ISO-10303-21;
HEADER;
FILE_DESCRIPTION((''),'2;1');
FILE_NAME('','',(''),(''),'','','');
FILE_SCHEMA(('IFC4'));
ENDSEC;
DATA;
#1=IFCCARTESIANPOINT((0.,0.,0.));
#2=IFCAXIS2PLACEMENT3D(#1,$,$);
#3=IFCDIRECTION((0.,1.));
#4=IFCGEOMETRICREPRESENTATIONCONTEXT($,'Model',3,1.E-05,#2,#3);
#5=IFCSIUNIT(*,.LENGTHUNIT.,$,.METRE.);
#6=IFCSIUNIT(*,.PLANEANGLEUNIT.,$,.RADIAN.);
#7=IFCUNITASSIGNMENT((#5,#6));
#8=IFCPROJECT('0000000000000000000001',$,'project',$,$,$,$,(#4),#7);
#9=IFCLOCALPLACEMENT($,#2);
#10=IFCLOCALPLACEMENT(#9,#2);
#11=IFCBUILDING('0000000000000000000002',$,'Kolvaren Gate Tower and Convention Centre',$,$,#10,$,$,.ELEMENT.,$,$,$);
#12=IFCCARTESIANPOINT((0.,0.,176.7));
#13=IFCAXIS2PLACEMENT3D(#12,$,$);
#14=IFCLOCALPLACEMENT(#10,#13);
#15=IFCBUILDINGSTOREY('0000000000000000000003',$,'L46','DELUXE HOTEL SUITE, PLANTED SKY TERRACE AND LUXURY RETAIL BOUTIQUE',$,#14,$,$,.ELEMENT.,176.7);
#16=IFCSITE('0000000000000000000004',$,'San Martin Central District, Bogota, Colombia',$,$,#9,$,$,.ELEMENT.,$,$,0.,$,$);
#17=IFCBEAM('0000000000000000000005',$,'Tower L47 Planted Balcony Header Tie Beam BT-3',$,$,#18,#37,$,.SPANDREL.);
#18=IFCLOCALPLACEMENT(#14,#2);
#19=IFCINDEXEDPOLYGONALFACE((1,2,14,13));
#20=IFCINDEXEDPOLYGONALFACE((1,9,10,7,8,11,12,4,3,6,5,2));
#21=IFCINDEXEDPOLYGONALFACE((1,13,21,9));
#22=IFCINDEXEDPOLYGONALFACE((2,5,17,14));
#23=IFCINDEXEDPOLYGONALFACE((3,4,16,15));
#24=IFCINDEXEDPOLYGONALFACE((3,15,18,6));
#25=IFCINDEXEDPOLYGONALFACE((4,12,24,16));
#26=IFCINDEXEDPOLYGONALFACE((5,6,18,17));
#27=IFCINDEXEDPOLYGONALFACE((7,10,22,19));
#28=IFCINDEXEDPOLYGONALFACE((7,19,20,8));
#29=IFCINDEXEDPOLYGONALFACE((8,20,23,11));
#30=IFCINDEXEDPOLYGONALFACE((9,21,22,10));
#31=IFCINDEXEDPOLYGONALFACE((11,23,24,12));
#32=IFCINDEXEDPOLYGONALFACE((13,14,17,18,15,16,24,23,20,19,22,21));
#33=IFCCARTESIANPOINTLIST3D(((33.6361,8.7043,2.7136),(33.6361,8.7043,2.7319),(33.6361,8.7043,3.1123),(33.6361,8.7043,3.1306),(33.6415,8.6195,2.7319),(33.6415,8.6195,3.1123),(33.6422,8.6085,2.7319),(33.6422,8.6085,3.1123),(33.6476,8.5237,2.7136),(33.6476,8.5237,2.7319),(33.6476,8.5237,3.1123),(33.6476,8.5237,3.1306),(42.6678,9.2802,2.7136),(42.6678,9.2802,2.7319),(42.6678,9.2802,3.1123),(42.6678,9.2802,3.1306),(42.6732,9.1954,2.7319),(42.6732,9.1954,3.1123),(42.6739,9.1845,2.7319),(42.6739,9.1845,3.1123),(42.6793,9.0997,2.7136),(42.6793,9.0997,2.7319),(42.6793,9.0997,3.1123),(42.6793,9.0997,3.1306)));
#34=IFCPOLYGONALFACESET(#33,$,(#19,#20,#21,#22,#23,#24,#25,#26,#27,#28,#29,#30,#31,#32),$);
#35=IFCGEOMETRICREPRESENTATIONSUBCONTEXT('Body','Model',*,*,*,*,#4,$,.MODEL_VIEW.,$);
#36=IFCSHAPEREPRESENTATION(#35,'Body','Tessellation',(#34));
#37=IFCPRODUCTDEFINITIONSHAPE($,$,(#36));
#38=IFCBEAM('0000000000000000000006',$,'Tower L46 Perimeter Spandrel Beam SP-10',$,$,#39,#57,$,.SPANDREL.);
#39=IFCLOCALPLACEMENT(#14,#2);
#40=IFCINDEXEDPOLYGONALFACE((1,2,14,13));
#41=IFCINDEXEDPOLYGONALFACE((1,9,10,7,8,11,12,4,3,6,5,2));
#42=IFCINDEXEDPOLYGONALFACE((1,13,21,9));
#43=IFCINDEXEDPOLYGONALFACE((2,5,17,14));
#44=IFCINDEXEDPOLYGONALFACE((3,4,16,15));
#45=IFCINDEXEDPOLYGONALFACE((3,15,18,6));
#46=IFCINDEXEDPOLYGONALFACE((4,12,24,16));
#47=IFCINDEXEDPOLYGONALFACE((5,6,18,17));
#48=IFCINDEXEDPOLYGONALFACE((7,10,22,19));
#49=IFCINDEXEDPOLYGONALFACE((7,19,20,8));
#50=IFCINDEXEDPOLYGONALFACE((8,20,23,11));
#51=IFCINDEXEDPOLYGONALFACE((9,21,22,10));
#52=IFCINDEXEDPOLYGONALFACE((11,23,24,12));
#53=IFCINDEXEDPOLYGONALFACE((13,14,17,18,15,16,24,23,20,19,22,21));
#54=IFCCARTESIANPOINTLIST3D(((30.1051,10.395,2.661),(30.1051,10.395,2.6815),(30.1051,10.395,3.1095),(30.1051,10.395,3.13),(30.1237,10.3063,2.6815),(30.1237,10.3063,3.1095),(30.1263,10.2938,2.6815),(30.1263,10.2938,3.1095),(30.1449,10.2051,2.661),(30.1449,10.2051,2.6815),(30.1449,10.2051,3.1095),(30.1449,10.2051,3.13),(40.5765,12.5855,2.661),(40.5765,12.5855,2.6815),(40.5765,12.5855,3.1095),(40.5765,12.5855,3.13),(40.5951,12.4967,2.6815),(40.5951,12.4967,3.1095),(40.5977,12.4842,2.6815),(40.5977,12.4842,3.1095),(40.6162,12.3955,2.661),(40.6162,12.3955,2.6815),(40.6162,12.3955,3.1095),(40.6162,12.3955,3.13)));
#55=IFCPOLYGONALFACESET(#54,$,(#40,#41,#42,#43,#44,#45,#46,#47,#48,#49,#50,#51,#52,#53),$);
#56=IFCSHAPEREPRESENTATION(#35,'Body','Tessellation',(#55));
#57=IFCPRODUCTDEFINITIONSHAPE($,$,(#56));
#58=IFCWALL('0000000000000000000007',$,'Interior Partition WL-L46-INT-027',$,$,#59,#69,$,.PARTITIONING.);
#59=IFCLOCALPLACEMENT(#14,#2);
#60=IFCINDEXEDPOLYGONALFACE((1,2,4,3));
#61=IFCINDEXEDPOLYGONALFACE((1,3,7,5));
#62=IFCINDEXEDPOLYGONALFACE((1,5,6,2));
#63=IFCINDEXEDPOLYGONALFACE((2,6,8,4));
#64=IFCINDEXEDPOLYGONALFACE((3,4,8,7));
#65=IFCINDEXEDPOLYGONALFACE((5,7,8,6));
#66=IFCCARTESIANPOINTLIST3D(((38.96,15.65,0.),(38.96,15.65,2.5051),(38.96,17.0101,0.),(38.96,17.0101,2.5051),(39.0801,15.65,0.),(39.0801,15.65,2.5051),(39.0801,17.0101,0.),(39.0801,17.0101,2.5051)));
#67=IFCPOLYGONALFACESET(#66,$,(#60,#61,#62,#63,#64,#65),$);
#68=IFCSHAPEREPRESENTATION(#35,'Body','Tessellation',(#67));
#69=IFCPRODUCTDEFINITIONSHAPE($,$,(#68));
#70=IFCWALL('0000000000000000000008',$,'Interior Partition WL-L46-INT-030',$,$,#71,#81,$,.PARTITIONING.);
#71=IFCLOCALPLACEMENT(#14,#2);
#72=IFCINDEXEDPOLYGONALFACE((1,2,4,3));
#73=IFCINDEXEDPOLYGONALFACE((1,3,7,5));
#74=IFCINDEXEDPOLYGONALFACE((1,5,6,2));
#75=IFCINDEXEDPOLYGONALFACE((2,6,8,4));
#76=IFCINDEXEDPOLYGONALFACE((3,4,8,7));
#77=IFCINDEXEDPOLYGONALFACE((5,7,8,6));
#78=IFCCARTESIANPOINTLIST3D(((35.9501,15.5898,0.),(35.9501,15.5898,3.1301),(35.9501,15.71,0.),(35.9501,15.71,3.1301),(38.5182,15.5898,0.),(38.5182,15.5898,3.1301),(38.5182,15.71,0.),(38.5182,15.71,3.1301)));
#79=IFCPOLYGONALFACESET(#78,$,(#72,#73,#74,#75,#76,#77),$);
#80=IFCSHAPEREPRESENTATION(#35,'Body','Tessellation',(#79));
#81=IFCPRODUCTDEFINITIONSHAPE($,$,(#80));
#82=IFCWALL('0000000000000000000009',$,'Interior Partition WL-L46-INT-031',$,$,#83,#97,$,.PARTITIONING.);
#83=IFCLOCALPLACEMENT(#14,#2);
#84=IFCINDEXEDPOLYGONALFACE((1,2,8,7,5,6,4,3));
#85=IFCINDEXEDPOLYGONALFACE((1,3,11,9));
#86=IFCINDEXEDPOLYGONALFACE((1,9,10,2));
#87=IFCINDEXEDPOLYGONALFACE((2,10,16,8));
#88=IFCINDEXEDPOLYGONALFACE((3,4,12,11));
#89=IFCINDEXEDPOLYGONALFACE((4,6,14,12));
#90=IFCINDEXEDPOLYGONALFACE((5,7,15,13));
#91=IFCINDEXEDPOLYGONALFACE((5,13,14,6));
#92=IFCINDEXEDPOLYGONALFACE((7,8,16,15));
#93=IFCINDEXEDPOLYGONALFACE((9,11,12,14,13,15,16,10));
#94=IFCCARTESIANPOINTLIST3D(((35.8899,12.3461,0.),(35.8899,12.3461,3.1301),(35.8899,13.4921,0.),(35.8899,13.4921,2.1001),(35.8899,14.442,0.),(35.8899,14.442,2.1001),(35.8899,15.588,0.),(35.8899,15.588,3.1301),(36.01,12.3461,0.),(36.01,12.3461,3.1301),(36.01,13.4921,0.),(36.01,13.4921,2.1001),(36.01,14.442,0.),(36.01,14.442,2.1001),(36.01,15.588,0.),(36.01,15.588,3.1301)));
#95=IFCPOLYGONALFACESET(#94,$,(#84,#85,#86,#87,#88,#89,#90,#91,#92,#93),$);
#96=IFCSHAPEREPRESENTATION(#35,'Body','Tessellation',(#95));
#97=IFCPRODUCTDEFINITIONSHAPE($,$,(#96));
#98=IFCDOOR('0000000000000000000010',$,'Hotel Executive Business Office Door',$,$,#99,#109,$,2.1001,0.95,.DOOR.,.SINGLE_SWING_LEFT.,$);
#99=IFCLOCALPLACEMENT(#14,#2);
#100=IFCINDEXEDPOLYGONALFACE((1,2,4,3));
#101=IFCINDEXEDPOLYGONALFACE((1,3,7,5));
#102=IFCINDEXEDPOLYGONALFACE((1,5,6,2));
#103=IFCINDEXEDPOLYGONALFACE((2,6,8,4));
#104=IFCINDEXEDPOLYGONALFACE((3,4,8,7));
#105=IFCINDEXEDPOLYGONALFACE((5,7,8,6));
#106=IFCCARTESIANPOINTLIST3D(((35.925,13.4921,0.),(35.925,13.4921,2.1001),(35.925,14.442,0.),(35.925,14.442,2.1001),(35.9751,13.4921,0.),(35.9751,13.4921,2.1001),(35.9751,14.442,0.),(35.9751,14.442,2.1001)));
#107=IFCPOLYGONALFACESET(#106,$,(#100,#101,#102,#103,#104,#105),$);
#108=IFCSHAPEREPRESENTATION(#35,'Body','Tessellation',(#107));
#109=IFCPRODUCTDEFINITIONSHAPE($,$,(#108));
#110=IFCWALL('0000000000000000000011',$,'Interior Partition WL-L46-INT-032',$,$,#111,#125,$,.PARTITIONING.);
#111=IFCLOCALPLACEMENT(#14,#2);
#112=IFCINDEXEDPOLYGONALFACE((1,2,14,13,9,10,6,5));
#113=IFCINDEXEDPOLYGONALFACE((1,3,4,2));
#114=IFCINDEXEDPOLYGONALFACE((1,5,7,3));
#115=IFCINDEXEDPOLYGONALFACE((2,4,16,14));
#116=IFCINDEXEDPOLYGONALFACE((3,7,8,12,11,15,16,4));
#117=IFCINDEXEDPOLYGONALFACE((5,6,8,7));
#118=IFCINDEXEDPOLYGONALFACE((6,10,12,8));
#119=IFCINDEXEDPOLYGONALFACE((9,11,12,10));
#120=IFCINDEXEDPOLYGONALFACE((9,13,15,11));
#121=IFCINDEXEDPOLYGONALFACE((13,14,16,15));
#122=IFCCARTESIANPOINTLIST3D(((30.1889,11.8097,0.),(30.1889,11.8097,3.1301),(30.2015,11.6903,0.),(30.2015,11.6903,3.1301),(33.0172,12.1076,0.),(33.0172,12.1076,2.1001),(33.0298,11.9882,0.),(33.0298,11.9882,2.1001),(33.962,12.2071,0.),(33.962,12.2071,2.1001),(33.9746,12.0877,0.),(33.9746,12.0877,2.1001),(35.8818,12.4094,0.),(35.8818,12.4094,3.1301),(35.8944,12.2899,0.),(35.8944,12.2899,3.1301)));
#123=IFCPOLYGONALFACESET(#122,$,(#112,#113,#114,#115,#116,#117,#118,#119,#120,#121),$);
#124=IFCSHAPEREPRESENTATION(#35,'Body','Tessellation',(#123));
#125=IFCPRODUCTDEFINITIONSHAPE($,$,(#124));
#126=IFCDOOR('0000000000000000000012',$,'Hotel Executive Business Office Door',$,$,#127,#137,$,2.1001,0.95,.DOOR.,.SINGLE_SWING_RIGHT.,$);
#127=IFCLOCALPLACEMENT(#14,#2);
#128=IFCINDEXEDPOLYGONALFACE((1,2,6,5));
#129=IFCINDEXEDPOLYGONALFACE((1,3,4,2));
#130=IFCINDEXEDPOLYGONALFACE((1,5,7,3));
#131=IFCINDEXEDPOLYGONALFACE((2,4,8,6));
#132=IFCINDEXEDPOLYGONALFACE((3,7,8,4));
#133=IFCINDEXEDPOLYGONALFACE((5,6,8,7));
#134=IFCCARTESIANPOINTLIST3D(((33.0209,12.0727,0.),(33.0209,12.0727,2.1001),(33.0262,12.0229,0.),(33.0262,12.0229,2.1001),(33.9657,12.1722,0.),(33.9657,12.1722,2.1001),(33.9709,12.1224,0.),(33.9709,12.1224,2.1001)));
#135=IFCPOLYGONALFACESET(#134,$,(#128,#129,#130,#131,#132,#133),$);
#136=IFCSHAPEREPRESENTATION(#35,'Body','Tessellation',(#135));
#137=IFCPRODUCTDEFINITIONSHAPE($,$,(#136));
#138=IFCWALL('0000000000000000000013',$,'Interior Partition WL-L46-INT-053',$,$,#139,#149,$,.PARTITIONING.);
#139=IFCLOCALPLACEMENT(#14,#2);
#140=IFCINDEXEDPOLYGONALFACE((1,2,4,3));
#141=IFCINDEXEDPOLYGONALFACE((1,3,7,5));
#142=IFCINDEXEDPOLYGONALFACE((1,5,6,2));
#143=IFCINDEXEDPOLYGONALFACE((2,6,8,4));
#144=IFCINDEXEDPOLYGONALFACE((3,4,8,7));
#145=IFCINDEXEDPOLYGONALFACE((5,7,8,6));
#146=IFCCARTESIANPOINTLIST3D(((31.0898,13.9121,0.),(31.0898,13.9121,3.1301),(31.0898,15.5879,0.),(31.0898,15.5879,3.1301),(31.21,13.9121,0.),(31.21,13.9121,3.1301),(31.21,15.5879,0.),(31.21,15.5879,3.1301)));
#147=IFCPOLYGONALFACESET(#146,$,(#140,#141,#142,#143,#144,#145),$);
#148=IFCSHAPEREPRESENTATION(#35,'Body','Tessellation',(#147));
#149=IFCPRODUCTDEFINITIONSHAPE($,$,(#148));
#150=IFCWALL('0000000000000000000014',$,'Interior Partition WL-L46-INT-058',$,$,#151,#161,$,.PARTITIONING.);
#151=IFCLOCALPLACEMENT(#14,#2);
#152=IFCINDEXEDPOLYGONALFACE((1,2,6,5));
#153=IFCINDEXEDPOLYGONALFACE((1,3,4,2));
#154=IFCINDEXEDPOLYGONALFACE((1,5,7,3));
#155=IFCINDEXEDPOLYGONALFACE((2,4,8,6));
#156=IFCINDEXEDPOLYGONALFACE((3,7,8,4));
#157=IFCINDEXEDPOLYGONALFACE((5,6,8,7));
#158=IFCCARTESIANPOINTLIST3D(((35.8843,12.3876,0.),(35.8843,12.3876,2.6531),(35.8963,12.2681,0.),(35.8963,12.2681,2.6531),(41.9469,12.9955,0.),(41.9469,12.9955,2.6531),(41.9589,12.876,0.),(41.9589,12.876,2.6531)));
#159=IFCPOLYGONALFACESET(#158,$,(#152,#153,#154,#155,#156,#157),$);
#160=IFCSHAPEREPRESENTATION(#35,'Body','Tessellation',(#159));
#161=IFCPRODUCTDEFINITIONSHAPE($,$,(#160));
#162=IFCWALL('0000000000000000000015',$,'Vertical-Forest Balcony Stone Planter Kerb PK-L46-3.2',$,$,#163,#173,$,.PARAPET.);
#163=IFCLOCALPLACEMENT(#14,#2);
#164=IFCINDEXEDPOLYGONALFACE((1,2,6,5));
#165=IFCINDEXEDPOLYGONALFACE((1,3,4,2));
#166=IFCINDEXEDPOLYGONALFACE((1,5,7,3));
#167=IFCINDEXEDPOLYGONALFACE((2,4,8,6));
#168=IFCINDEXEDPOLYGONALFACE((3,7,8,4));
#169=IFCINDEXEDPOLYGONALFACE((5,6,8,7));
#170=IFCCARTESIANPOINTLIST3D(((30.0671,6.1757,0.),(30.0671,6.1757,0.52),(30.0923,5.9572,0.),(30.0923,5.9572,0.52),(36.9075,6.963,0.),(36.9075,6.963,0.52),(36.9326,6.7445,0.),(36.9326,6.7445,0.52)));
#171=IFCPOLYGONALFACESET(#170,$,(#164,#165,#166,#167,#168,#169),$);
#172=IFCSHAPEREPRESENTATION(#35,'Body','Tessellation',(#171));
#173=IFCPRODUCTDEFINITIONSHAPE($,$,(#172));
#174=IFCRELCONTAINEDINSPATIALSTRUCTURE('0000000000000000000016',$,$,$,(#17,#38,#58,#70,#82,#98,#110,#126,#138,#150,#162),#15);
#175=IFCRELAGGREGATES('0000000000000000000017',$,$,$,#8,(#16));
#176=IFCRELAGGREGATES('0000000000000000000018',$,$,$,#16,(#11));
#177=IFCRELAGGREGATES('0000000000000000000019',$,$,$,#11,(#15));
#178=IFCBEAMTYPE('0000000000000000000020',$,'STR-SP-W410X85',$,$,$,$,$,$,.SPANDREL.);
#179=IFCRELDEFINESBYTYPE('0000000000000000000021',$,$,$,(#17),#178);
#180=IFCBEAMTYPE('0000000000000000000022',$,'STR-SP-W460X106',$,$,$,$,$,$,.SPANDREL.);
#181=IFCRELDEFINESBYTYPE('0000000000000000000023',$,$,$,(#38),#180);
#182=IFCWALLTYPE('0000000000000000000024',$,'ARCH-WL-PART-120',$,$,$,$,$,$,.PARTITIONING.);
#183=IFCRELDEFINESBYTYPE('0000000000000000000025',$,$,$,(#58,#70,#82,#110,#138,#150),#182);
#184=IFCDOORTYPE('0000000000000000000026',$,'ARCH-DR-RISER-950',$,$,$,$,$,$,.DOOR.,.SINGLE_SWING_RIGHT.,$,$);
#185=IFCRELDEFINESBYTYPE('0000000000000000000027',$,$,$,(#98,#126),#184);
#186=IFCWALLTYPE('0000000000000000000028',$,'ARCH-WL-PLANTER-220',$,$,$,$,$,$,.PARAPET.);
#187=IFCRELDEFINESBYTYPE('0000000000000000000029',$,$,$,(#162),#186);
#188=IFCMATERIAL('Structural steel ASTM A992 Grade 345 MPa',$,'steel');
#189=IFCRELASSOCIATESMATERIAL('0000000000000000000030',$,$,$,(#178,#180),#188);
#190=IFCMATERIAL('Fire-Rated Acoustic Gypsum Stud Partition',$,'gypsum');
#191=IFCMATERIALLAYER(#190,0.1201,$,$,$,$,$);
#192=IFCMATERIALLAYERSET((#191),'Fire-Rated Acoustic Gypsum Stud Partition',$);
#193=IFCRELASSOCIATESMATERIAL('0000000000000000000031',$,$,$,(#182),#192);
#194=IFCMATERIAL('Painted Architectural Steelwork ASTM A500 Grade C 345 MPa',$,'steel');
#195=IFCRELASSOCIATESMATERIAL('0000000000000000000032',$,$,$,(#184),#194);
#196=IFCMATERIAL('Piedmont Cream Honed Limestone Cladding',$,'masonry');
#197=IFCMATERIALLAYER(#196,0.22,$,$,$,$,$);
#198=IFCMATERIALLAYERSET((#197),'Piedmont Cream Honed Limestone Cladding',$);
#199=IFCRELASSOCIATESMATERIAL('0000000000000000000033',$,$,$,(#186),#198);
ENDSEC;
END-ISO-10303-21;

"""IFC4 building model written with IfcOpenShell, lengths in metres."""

from ifc_helpers import new_model, si_unit, direction, frame, frame_2d, origin, origin_2d, place, context, subcontext, project, spatial, rectangle, i_section, extrude, material, layer, layer_set, material_profile, profile_set, type_object, element, fill, save


model = new_model("IFC4")

# Units and contexts
model_context = context("Model", 3, precision=1e-05, world=origin(), true_north=direction((0.0, 1.0)))
body_context = subcontext(model_context, "Body", "Model", "MODEL_VIEW")
ifc_project = project(units=[si_unit("LENGTHUNIT", "METRE"), si_unit("PLANEANGLEUNIT", "RADIAN")], contexts=[model_context])

# Site, building, storey
site_placement = place(None, origin())
site = spatial("IfcSite", under=ifc_project, at=site_placement, Name="San Martin Central District, Bogota, Colombia", CompositionType="ELEMENT", RefElevation=0.0)
building_placement = place(site_placement, origin())
building = spatial("IfcBuilding", under=site, at=building_placement, Name="Kolvaren Gate Tower and Convention Centre", CompositionType="ELEMENT")
storey_placement = place(building_placement, frame((0.0, 0.0, 176.7)))
storey = spatial("IfcBuildingStorey", under=building, at=storey_placement, Name="L46", Description="DELUXE HOTEL SUITE, PLANTED SKY TERRACE AND LUXURY RETAIL BOUTIQUE", CompositionType="ELEMENT", Elevation=176.7)

# Beams
ifc_material_1 = material(Name="Structural steel ASTM A992 Grade 345 MPa", Category="steel")
ifc_material_profile_1 = material_profile(ifc_material_1, i_section(OverallWidth=0.1809, OverallDepth=0.417, WebThickness=0.011, FlangeThickness=0.0183, at=origin_2d()), Name="W410X85")
ifc_profile_set_1 = profile_set([ifc_material_profile_1], Name="Structural steel ASTM A992 Grade 345 MPa")
beam_type_1 = type_object("IfcBeamType", Name="STR-SP-W410X85", PredefinedType="SPANDREL", material=ifc_profile_set_1)
beam_1_placement = place(storey_placement, frame((33.6418, 8.614, 2.9221), z_axis=(0.997973, 0.063638, 0.0), x_axis=(-0.063638, 0.997973, 0.0)))
element("IfcBeam", 1, at=beam_1_placement, inside=storey, type_object=beam_type_1, Name="Tower L47 Planted Balcony Header Tie Beam BT-3", PredefinedType="SPANDREL", context=body_context, shape_type="SweptSolid", body=[
    extrude(i_section(OverallWidth=0.1809, OverallDepth=0.417, WebThickness=0.011, FlangeThickness=0.0183, at=origin_2d()), origin(), (0.0, 0.0, 1.0), 9.05),
])
ifc_material_profile_2 = material_profile(ifc_material_1, i_section(OverallWidth=0.1941, OverallDepth=0.469, WebThickness=0.0127, FlangeThickness=0.0205, at=origin_2d()), Name="W460X106")
ifc_profile_set_2 = profile_set([ifc_material_profile_2], Name="Structural steel ASTM A992 Grade 345 MPa")
beam_type_2 = type_object("IfcBeamType", Name="STR-SP-W460X106", PredefinedType="SPANDREL", material=ifc_profile_set_2)
beam_2_placement = place(storey_placement, frame((30.125, 10.3, 2.8955), z_axis=(0.978814, 0.20475, 0.0), x_axis=(-0.20475, 0.978814, 0.0)))
element("IfcBeam", 2, at=beam_2_placement, inside=storey, type_object=beam_type_2, Name="Tower L46 Perimeter Spandrel Beam SP-10", PredefinedType="SPANDREL", context=body_context, shape_type="SweptSolid", body=[
    extrude(i_section(OverallWidth=0.1941, OverallDepth=0.469, WebThickness=0.0127, FlangeThickness=0.0205, at=origin_2d()), origin(), (0.0, 0.0, 1.0), 10.698),
])

# Walls
ifc_material_2 = material(Name="Fire-Rated Acoustic Gypsum Stud Partition", Category="gypsum")
ifc_layer_1 = layer(ifc_material_2, 0.1201)
ifc_layer_set_1 = layer_set([ifc_layer_1], Name="Fire-Rated Acoustic Gypsum Stud Partition")
wall_type_1 = type_object("IfcWallType", Name="ARCH-WL-PART-120", PredefinedType="PARTITIONING", material=ifc_layer_set_1)
wall_1_placement = place(storey_placement, frame((39.02, 15.6499, 0.0), z_axis=(0.0, 0.0, 1.0), x_axis=(0.0, 1.0, 0.0)))
element("IfcWall", 3, at=wall_1_placement, inside=storey, type_object=wall_type_1, Name="Interior Partition WL-L46-INT-027", PredefinedType="PARTITIONING", context=body_context, shape_type="SweptSolid", body=[
    extrude(rectangle(XDim=1.3601, YDim=0.1201, at=frame_2d((0.6802, 0.0))), origin(), (0.0, 0.0, 1.0), 2.5051),
])
wall_2_placement = place(storey_placement, frame((35.95, 15.6499, 0.0), z_axis=(0.0, 0.0, 1.0), x_axis=(1.0, 0.0, 0.0)))
element("IfcWall", 4, at=wall_2_placement, inside=storey, type_object=wall_type_1, Name="Interior Partition WL-L46-INT-030", PredefinedType="PARTITIONING", context=body_context, shape_type="SweptSolid", body=[
    extrude(rectangle(XDim=2.5681, YDim=0.1201, at=frame_2d((1.2842, 0.0))), origin(), (0.0, 0.0, 1.0), 3.1301),
])

# Walls, openings, doors
wall_3_placement = place(storey_placement, frame((35.95, 12.3459, 0.0), z_axis=(0.0, 0.0, 1.0), x_axis=(0.0, 1.0, 0.0)))
wall_3 = element("IfcWall", 5, at=wall_3_placement, inside=storey, type_object=wall_type_1, Name="Interior Partition WL-L46-INT-031", PredefinedType="PARTITIONING", context=body_context, shape_type="SweptSolid", body=[
    extrude(rectangle(XDim=3.2419, YDim=0.1201, at=frame_2d((1.6211, 0.0))), origin(), (0.0, 0.0, 1.0), 3.1301),
])
opening_1_placement = place(wall_3_placement, frame((1.146, 0.0, 0.0)))
opening_1 = element("IfcOpeningElement", 6, at=opening_1_placement, cuts=wall_3, PredefinedType="OPENING", context=body_context, shape_type="SweptSolid", body=[
    extrude(rectangle(XDim=0.95, YDim=2.1001, at=frame_2d((0.4751, 1.05))), frame((0.0, 0.0701, 0.0), z_axis=(0.0, -1.0, 0.0), x_axis=(1.0, 0.0, 0.0)), (0.0, 0.0, 1.0), 0.1401),
])
ifc_material_3 = material(Name="Painted Architectural Steelwork ASTM A500 Grade C 345 MPa", Category="steel")
door_type_1 = type_object("IfcDoorType", Name="ARCH-DR-RISER-950", OperationType="SINGLE_SWING_RIGHT", PredefinedType="DOOR", material=ifc_material_3)
door_1_placement = place(opening_1_placement, origin())
door_1 = element("IfcDoor", 7, at=door_1_placement, inside=storey, type_object=door_type_1, Name="Hotel Executive Business Office Door", OperationType="SINGLE_SWING_LEFT", OverallHeight=2.1001, OverallWidth=0.95, PredefinedType="DOOR", context=body_context, shape_type="SweptSolid", body=[
    extrude(rectangle(XDim=0.95, YDim=2.1001, at=frame_2d((0.4751, 1.05))), frame((0.0, 0.0249, 0.0), z_axis=(0.0, -1.0, 0.0), x_axis=(1.0, 0.0, 0.0)), (0.0, 0.0, 1.0), 0.05),
])
fill(opening_1, door_1)
wall_4_placement = place(storey_placement, frame((30.1951, 11.75, 0.0), z_axis=(0.0, 0.0, 1.0), x_axis=(0.994499, 0.104747, 0.0)))
wall_4 = element("IfcWall", 8, at=wall_4_placement, inside=storey, type_object=wall_type_1, Name="Interior Partition WL-L46-INT-032", PredefinedType="PARTITIONING", context=body_context, shape_type="SweptSolid", body=[
    extrude(rectangle(XDim=5.7244, YDim=0.1201, at=frame_2d((2.8623, 0.0))), origin(), (0.0, 0.0, 1.0), 3.1301),
])
opening_2_placement = place(wall_4_placement, frame((2.844, 0.0, 0.0)))
opening_2 = element("IfcOpeningElement", 9, at=opening_2_placement, cuts=wall_4, PredefinedType="OPENING", context=body_context, shape_type="SweptSolid", body=[
    extrude(rectangle(XDim=0.95, YDim=2.1001, at=frame_2d((0.4751, 1.05))), frame((0.0, 0.0701, 0.0), z_axis=(0.0, -1.0, 0.0), x_axis=(1.0, 0.0, 0.0)), (0.0, 0.0, 1.0), 0.1401),
])
door_2_placement = place(opening_2_placement, origin())
door_2 = element("IfcDoor", 10, at=door_2_placement, inside=storey, type_object=door_type_1, Name="Hotel Executive Business Office Door", OperationType="SINGLE_SWING_RIGHT", OverallHeight=2.1001, OverallWidth=0.95, PredefinedType="DOOR", context=body_context, shape_type="SweptSolid", body=[
    extrude(rectangle(XDim=0.95, YDim=2.1001, at=frame_2d((0.4751, 1.05))), frame((0.0, 0.0249, 0.0), z_axis=(0.0, -1.0, 0.0), x_axis=(1.0, 0.0, 0.0)), (0.0, 0.0, 1.0), 0.05),
])
fill(opening_2, door_2)

# Walls
wall_5_placement = place(storey_placement, frame((31.1499, 13.9121, 0.0), z_axis=(0.0, 0.0, 1.0), x_axis=(0.0, 1.0, 0.0)))
element("IfcWall", 11, at=wall_5_placement, inside=storey, type_object=wall_type_1, Name="Interior Partition WL-L46-INT-053", PredefinedType="PARTITIONING", context=body_context, shape_type="SweptSolid", body=[
    extrude(rectangle(XDim=1.6758, YDim=0.1201, at=frame_2d((0.8379, 0.0))), origin(), (0.0, 0.0, 1.0), 3.1301),
])
wall_6_placement = place(storey_placement, frame((35.8904, 12.3279, 0.0), z_axis=(0.0, 0.0, 1.0), x_axis=(0.99501, 0.099773, 0.0)))
element("IfcWall", 12, at=wall_6_placement, inside=storey, type_object=wall_type_1, Name="Interior Partition WL-L46-INT-058", PredefinedType="PARTITIONING", context=body_context, shape_type="SweptSolid", body=[
    extrude(rectangle(XDim=6.093, YDim=0.1201, at=frame_2d((3.0464, 0.0))), origin(), (0.0, 0.0, 1.0), 2.6531),
])
ifc_material_4 = material(Name="Piedmont Cream Honed Limestone Cladding", Category="masonry")
ifc_layer_2 = layer(ifc_material_4, 0.22)
ifc_layer_set_2 = layer_set([ifc_layer_2], Name="Piedmont Cream Honed Limestone Cladding")
wall_type_2 = type_object("IfcWallType", Name="ARCH-WL-PLANTER-220", PredefinedType="PARAPET", material=ifc_layer_set_2)
wall_7_placement = place(storey_placement, frame((30.0796, 6.0664, 0.0), z_axis=(0.0, 0.0, 1.0), x_axis=(0.993441, 0.11435, 0.0)))
element("IfcWall", 13, at=wall_7_placement, inside=storey, type_object=wall_type_2, Name="Vertical-Forest Balcony Stone Planter Kerb PK-L46-3.2", PredefinedType="PARAPET", context=body_context, shape_type="SweptSolid", body=[
    extrude(rectangle(XDim=6.8855, YDim=0.22, at=frame_2d((3.4429, 0.0))), origin(), (0.0, 0.0, 1.0), 0.52),
])

save(model, "model.ifc")
